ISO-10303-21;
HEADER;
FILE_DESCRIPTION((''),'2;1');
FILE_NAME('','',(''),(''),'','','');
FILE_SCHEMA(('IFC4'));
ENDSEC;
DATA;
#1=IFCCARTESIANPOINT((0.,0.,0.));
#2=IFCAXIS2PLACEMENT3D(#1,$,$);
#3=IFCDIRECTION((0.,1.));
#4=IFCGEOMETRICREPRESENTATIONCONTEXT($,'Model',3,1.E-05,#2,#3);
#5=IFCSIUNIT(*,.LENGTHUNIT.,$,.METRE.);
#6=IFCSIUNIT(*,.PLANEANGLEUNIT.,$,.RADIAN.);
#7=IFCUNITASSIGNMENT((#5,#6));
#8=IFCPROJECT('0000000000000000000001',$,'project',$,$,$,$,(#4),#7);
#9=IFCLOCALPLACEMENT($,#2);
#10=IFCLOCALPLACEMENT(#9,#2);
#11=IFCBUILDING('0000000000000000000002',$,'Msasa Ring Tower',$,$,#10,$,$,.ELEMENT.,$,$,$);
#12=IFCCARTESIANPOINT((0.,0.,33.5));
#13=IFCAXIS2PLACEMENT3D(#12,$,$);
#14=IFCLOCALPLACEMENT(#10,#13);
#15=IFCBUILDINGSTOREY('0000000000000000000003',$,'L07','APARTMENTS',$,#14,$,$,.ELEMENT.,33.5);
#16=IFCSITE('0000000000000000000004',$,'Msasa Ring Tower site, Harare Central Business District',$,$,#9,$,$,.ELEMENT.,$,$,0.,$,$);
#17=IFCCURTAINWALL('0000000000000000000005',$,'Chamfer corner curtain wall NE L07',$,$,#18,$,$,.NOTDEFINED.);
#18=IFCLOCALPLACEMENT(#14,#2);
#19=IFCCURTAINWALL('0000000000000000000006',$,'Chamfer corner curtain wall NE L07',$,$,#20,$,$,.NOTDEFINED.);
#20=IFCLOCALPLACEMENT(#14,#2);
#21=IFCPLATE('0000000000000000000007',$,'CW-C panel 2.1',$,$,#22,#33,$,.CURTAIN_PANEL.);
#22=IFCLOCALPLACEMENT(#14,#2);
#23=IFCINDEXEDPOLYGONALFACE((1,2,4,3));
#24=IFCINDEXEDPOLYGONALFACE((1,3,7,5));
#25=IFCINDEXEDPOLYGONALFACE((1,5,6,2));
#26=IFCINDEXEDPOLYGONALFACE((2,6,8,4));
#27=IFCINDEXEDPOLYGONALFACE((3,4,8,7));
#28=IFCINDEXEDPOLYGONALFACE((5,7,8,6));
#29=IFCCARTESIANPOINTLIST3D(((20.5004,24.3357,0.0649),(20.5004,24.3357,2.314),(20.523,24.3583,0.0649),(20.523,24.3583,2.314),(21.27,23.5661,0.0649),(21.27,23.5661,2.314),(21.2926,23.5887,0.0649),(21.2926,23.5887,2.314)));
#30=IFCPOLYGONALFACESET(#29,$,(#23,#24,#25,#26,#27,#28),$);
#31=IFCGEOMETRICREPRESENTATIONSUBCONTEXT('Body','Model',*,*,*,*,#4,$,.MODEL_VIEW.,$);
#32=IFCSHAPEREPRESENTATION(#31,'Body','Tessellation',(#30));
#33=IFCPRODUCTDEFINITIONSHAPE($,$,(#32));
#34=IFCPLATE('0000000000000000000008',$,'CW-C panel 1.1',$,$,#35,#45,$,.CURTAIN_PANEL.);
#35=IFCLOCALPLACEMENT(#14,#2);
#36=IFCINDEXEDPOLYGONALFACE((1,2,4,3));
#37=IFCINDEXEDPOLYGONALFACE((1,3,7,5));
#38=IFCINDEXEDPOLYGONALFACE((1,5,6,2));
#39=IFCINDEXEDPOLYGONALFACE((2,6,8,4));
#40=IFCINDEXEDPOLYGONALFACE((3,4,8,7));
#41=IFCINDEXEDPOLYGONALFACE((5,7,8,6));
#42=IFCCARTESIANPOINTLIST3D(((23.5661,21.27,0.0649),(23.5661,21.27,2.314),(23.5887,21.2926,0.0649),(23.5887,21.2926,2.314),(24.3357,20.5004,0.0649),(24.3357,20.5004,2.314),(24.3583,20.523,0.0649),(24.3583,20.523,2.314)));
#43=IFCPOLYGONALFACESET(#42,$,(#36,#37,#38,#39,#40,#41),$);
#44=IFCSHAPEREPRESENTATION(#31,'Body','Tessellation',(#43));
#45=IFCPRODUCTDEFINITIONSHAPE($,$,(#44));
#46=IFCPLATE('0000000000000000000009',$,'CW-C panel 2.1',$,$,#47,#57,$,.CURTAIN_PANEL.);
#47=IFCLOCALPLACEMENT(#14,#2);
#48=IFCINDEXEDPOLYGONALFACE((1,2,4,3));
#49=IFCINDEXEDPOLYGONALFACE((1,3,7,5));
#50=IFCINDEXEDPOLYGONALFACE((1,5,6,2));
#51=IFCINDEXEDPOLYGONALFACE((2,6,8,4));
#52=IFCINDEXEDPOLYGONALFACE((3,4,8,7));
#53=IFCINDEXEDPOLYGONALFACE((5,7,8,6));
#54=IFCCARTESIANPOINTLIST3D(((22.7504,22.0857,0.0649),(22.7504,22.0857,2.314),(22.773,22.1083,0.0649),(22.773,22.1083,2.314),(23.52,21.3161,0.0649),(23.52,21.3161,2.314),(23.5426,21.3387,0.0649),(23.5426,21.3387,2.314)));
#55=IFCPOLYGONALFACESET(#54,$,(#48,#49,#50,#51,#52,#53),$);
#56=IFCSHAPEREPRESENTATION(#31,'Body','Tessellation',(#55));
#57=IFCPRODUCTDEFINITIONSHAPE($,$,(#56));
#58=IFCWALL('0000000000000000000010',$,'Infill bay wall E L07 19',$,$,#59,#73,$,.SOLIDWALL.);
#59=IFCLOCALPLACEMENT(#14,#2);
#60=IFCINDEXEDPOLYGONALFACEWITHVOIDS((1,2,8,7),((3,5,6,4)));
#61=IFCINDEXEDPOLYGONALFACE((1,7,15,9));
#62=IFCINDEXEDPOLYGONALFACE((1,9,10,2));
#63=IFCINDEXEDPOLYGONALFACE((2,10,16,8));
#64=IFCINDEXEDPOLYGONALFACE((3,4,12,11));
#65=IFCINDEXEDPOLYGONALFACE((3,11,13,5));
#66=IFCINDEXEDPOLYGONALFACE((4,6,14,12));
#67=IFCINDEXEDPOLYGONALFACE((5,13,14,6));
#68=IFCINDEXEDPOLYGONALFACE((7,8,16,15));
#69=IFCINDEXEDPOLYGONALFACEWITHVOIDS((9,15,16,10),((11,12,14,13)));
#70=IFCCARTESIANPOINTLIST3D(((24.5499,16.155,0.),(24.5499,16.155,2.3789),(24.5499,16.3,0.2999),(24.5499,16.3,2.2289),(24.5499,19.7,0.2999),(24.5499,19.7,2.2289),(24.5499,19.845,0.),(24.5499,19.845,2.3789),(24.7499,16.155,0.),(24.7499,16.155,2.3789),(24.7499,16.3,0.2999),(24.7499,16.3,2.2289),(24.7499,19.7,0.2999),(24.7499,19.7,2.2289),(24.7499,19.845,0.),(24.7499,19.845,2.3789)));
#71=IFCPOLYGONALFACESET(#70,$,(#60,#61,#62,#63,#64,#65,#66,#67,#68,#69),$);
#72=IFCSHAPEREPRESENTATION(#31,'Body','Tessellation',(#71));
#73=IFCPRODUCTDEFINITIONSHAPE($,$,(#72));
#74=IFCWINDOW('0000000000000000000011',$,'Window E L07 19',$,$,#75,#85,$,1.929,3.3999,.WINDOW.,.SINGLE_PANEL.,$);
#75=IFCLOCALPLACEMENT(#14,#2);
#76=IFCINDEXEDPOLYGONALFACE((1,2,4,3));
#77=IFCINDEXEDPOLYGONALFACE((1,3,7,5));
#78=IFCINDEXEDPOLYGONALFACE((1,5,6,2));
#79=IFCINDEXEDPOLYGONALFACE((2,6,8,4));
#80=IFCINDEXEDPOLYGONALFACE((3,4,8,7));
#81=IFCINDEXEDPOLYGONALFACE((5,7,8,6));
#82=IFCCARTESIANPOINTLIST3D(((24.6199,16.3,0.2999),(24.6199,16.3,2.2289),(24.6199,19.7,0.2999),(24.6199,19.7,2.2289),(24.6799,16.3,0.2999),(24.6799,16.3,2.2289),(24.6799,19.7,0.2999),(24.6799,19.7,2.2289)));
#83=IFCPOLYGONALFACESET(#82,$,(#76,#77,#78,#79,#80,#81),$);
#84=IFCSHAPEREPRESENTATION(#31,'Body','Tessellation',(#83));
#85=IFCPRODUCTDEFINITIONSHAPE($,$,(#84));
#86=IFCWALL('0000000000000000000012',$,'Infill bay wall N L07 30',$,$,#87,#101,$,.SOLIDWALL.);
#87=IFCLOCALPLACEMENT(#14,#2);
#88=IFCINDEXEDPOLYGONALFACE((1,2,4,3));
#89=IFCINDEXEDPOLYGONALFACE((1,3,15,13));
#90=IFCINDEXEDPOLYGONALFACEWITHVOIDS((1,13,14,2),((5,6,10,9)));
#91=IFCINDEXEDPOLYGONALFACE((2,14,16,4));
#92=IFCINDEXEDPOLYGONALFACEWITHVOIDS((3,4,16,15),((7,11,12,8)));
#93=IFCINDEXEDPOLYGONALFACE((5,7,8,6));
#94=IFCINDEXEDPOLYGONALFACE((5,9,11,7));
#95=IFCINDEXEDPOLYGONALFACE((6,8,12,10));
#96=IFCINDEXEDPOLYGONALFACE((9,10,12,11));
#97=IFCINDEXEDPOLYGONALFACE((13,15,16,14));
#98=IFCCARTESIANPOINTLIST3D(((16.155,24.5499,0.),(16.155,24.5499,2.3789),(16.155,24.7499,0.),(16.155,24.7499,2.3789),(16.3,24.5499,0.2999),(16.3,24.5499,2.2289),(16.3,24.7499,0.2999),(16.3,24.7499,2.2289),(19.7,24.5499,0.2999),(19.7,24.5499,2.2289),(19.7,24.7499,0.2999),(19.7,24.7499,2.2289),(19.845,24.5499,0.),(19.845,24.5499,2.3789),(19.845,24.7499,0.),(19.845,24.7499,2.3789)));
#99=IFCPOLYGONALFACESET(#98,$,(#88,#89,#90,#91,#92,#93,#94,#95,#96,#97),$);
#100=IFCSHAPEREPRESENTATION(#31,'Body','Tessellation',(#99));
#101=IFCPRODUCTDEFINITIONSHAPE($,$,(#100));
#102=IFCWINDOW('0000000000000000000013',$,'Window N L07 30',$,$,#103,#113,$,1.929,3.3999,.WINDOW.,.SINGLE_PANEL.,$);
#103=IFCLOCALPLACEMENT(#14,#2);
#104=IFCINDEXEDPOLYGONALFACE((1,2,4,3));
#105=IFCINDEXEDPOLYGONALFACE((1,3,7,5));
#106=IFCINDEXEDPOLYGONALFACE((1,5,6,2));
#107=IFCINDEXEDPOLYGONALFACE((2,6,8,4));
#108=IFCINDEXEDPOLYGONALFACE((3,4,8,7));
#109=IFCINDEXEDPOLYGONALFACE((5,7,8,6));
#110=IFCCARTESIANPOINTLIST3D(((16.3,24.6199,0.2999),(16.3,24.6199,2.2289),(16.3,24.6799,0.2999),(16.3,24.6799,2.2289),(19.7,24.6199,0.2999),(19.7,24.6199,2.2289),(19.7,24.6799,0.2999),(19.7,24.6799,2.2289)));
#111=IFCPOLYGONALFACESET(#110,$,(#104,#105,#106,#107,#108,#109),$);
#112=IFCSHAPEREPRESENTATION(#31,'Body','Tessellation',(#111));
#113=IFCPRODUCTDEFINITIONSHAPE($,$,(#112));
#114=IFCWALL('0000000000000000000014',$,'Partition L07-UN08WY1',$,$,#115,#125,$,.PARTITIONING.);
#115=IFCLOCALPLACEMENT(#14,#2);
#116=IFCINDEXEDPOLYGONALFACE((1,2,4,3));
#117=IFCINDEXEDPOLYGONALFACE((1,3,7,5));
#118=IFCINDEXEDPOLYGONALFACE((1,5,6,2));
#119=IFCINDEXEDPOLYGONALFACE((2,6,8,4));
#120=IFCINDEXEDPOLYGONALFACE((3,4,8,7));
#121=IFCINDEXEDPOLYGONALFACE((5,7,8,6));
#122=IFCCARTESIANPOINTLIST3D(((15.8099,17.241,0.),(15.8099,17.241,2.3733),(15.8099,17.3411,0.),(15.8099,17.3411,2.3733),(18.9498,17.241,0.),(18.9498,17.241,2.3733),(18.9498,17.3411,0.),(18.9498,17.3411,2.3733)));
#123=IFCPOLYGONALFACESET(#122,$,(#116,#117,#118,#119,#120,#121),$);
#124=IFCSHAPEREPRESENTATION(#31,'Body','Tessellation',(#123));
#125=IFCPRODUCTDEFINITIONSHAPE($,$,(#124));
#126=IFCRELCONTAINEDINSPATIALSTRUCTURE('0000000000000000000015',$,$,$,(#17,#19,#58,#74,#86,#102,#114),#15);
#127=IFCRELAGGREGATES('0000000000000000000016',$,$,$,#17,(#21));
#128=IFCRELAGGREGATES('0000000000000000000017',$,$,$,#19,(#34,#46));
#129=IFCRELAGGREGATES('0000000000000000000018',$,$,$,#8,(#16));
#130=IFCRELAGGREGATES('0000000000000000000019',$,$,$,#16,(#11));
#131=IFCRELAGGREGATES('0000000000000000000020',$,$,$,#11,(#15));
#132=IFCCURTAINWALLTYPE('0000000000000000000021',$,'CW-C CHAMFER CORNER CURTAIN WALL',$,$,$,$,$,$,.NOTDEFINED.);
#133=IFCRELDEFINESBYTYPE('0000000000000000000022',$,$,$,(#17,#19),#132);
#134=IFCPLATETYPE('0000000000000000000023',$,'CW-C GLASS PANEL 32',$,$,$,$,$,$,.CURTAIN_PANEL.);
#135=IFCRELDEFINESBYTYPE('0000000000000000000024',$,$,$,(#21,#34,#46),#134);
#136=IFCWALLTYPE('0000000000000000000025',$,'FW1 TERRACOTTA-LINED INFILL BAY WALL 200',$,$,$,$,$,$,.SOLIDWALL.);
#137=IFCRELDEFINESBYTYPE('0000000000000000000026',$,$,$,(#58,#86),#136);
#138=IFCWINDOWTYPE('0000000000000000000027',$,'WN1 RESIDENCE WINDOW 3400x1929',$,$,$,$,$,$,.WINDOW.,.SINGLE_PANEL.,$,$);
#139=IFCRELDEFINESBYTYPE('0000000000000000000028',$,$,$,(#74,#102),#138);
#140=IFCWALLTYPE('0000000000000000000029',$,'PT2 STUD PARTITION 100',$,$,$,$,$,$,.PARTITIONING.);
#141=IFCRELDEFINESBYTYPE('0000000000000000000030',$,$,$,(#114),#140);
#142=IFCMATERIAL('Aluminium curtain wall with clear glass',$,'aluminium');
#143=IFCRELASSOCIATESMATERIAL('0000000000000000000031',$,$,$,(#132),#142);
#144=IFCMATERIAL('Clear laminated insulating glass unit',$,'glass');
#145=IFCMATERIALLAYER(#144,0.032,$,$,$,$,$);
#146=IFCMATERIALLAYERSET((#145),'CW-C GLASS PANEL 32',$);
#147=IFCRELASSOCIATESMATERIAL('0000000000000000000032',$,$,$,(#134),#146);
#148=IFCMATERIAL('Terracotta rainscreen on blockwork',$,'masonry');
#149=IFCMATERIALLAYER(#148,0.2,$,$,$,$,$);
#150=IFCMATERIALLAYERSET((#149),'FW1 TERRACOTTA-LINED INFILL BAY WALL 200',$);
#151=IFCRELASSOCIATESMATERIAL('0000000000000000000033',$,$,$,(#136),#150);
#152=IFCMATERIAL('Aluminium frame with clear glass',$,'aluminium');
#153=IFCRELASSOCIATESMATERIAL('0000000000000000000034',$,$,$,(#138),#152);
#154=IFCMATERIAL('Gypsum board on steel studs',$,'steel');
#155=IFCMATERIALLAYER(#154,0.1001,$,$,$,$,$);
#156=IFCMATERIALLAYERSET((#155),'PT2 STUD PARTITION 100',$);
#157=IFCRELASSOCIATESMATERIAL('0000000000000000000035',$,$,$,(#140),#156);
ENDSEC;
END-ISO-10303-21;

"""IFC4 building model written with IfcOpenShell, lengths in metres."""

from ifc_helpers import new_model, si_unit, direction, frame, frame_2d, origin, origin_2d, place, context, subcontext, project, spatial, rectangle, extrude, material, layer, layer_set, type_object, element, fill, aggregate, save


model = new_model("IFC4")

# Units and contexts
model_context = context("Model", 3, precision=1e-05, world=origin(), true_north=direction((0.0, 1.0)))
body_context = subcontext(model_context, "Body", "Model", "MODEL_VIEW")
ifc_project = project(units=[si_unit("LENGTHUNIT", "METRE"), si_unit("PLANEANGLEUNIT", "RADIAN")], contexts=[model_context])

# Site, building, storey
site_placement = place(None, origin())
site = spatial("IfcSite", under=ifc_project, at=site_placement, Name="Msasa Ring Tower site, Harare Central Business District", CompositionType="ELEMENT", RefElevation=0.0)
building_placement = place(site_placement, origin())
building = spatial("IfcBuilding", under=site, at=building_placement, Name="Msasa Ring Tower", CompositionType="ELEMENT")
storey_placement = place(building_placement, frame((0.0, 0.0, 33.5)))
storey = spatial("IfcBuildingStorey", under=building, at=storey_placement, Name="L07", Description="APARTMENTS", CompositionType="ELEMENT", Elevation=33.5)

# Curtain walls
ifc_material_1 = material(Name="Aluminium curtain wall with clear glass", Category="aluminium")
curtain_wall_type = type_object("IfcCurtainWallType", Name="CW-C CHAMFER CORNER CURTAIN WALL", PredefinedType="NOTDEFINED", material=ifc_material_1)
curtain_wall_1_placement = place(storey_placement, origin())
curtain_wall_1 = element("IfcCurtainWall", 1, at=curtain_wall_1_placement, inside=storey, type_object=curtain_wall_type, Name="Chamfer corner curtain wall NE L07", PredefinedType="NOTDEFINED")
curtain_wall_2_placement = place(storey_placement, origin())
curtain_wall_2 = element("IfcCurtainWall", 2, at=curtain_wall_2_placement, inside=storey, type_object=curtain_wall_type, Name="Chamfer corner curtain wall NE L07", PredefinedType="NOTDEFINED")

# Plates
ifc_material_2 = material(Name="Clear laminated insulating glass unit", Category="glass")
ifc_layer_1 = layer(ifc_material_2, 0.032)
ifc_layer_set_1 = layer_set([ifc_layer_1], Name="CW-C GLASS PANEL 32")
plate_type = type_object("IfcPlateType", Name="CW-C GLASS PANEL 32", PredefinedType="CURTAIN_PANEL", material=ifc_layer_set_1)
plate_1_placement = place(storey_placement, frame((20.8965, 23.9622, 0.0649), z_axis=(0.0, 0.0, 1.0), x_axis=(-0.707107, 0.707107, 0.0)))
plate_1 = element("IfcPlate", 3, at=plate_1_placement, type_object=plate_type, Name="CW-C panel 2.1", PredefinedType="CURTAIN_PANEL", context=body_context, shape_type="SweptSolid", body=[
    extrude(rectangle(XDim=1.0884, YDim=0.032, at=origin_2d()), origin(), (0.0, 0.0, 1.0), 2.249),
])
aggregate(curtain_wall_1, [plate_1])
plate_2_placement = place(storey_placement, frame((23.9622, 20.8965, 0.0649), z_axis=(0.0, 0.0, 1.0), x_axis=(-0.707107, 0.707107, 0.0)))
plate_2 = element("IfcPlate", 4, at=plate_2_placement, type_object=plate_type, Name="CW-C panel 1.1", PredefinedType="CURTAIN_PANEL", context=body_context, shape_type="SweptSolid", body=[
    extrude(rectangle(XDim=1.0884, YDim=0.032, at=origin_2d()), origin(), (0.0, 0.0, 1.0), 2.249),
])
plate_3_placement = place(storey_placement, frame((23.1465, 21.7122, 0.0649), z_axis=(0.0, 0.0, 1.0), x_axis=(-0.707107, 0.707107, 0.0)))
plate_3 = element("IfcPlate", 5, at=plate_3_placement, type_object=plate_type, Name="CW-C panel 2.1", PredefinedType="CURTAIN_PANEL", context=body_context, shape_type="SweptSolid", body=[
    extrude(rectangle(XDim=1.0884, YDim=0.032, at=origin_2d()), origin(), (0.0, 0.0, 1.0), 2.249),
])
aggregate(curtain_wall_2, [plate_2, plate_3])

# Walls, openings, windows
ifc_material_3 = material(Name="Terracotta rainscreen on blockwork", Category="masonry")
ifc_layer_2 = layer(ifc_material_3, 0.2)
ifc_layer_set_2 = layer_set([ifc_layer_2], Name="FW1 TERRACOTTA-LINED INFILL BAY WALL 200")
wall_type_1 = type_object("IfcWallType", Name="FW1 TERRACOTTA-LINED INFILL BAY WALL 200", PredefinedType="SOLIDWALL", material=ifc_layer_set_2)
wall_1_placement = place(storey_placement, frame((24.6499, 16.155, 0.0), z_axis=(0.0, 0.0, 1.0), x_axis=(0.0, 1.0, 0.0)))
wall_1 = element("IfcWall", 6, at=wall_1_placement, inside=storey, type_object=wall_type_1, Name="Infill bay wall E L07 19", PredefinedType="SOLIDWALL", context=body_context, shape_type="SweptSolid", body=[
    extrude(rectangle(XDim=3.6899, YDim=0.2, at=frame_2d((1.845, 0.0))), origin(), (0.0, 0.0, 1.0), 2.3789),
])
opening_1_placement = place(wall_1_placement, frame((0.145, 0.0, 0.3)))
opening_1 = element("IfcOpeningElement", 7, at=opening_1_placement, cuts=wall_1, PredefinedType="OPENING", context=body_context, shape_type="SweptSolid", body=[
    extrude(rectangle(XDim=3.3999, YDim=1.929, at=frame_2d((1.7, 0.9644))), frame((0.0, 0.1099, 0.0), z_axis=(0.0, -1.0, 0.0), x_axis=(1.0, 0.0, 0.0)), (0.0, 0.0, 1.0), 0.22),
])
ifc_material_4 = material(Name="Aluminium frame with clear glass", Category="aluminium")
window_type = type_object("IfcWindowType", Name="WN1 RESIDENCE WINDOW 3400x1929", PartitioningType="SINGLE_PANEL", PredefinedType="WINDOW", material=ifc_material_4)
window_1_placement = place(opening_1_placement, origin())
window_1 = element("IfcWindow", 8, at=window_1_placement, inside=storey, type_object=window_type, Name="Window E L07 19", OverallHeight=1.929, OverallWidth=3.3999, PartitioningType="SINGLE_PANEL", PredefinedType="WINDOW", context=body_context, shape_type="SweptSolid", body=[
    extrude(rectangle(XDim=3.3999, YDim=1.929, at=frame_2d((1.7, 0.9644))), frame((0.0, 0.03, 0.0), z_axis=(0.0, -1.0, 0.0), x_axis=(1.0, 0.0, 0.0)), (0.0, 0.0, 1.0), 0.0601),
])
fill(opening_1, window_1)
wall_2_placement = place(storey_placement, frame((16.155, 24.6499, 0.0), z_axis=(0.0, 0.0, 1.0), x_axis=(1.0, 0.0, 0.0)))
wall_2 = element("IfcWall", 9, at=wall_2_placement, inside=storey, type_object=wall_type_1, Name="Infill bay wall N L07 30", PredefinedType="SOLIDWALL", context=body_context, shape_type="SweptSolid", body=[
    extrude(rectangle(XDim=3.6899, YDim=0.2, at=frame_2d((1.845, 0.0))), origin(), (0.0, 0.0, 1.0), 2.3789),
])
opening_2_placement = place(wall_2_placement, frame((0.145, 0.0, 0.3)))
opening_2 = element("IfcOpeningElement", 10, at=opening_2_placement, cuts=wall_2, PredefinedType="OPENING", context=body_context, shape_type="SweptSolid", body=[
    extrude(rectangle(XDim=3.3999, YDim=1.929, at=frame_2d((1.7, 0.9644))), frame((0.0, 0.1099, 0.0), z_axis=(0.0, -1.0, 0.0), x_axis=(1.0, 0.0, 0.0)), (0.0, 0.0, 1.0), 0.22),
])
window_2_placement = place(opening_2_placement, origin())
window_2 = element("IfcWindow", 11, at=window_2_placement, inside=storey, type_object=window_type, Name="Window N L07 30", OverallHeight=1.929, OverallWidth=3.3999, PartitioningType="SINGLE_PANEL", PredefinedType="WINDOW", context=body_context, shape_type="SweptSolid", body=[
    extrude(rectangle(XDim=3.3999, YDim=1.929, at=frame_2d((1.7, 0.9644))), frame((0.0, 0.03, 0.0), z_axis=(0.0, -1.0, 0.0), x_axis=(1.0, 0.0, 0.0)), (0.0, 0.0, 1.0), 0.0601),
])
fill(opening_2, window_2)

# Wall
ifc_material_5 = material(Name="Gypsum board on steel studs", Category="steel")
ifc_layer_3 = layer(ifc_material_5, 0.1001)
ifc_layer_set_3 = layer_set([ifc_layer_3], Name="PT2 STUD PARTITION 100")
wall_type_2 = type_object("IfcWallType", Name="PT2 STUD PARTITION 100", PredefinedType="PARTITIONING", material=ifc_layer_set_3)
wall_3_placement = place(storey_placement, frame((15.8101, 17.291, 0.0), z_axis=(0.0, 0.0, 1.0), x_axis=(1.0, 0.0, 0.0)))
element("IfcWall", 12, at=wall_3_placement, inside=storey, type_object=wall_type_2, Name="Partition L07-UN08WY1", PredefinedType="PARTITIONING", context=body_context, shape_type="SweptSolid", body=[
    extrude(rectangle(XDim=3.1399, YDim=0.1001, at=frame_2d((1.5698, 0.0))), origin(), (0.0, 0.0, 1.0), 2.3733),
])

save(model, "model.ifc")
